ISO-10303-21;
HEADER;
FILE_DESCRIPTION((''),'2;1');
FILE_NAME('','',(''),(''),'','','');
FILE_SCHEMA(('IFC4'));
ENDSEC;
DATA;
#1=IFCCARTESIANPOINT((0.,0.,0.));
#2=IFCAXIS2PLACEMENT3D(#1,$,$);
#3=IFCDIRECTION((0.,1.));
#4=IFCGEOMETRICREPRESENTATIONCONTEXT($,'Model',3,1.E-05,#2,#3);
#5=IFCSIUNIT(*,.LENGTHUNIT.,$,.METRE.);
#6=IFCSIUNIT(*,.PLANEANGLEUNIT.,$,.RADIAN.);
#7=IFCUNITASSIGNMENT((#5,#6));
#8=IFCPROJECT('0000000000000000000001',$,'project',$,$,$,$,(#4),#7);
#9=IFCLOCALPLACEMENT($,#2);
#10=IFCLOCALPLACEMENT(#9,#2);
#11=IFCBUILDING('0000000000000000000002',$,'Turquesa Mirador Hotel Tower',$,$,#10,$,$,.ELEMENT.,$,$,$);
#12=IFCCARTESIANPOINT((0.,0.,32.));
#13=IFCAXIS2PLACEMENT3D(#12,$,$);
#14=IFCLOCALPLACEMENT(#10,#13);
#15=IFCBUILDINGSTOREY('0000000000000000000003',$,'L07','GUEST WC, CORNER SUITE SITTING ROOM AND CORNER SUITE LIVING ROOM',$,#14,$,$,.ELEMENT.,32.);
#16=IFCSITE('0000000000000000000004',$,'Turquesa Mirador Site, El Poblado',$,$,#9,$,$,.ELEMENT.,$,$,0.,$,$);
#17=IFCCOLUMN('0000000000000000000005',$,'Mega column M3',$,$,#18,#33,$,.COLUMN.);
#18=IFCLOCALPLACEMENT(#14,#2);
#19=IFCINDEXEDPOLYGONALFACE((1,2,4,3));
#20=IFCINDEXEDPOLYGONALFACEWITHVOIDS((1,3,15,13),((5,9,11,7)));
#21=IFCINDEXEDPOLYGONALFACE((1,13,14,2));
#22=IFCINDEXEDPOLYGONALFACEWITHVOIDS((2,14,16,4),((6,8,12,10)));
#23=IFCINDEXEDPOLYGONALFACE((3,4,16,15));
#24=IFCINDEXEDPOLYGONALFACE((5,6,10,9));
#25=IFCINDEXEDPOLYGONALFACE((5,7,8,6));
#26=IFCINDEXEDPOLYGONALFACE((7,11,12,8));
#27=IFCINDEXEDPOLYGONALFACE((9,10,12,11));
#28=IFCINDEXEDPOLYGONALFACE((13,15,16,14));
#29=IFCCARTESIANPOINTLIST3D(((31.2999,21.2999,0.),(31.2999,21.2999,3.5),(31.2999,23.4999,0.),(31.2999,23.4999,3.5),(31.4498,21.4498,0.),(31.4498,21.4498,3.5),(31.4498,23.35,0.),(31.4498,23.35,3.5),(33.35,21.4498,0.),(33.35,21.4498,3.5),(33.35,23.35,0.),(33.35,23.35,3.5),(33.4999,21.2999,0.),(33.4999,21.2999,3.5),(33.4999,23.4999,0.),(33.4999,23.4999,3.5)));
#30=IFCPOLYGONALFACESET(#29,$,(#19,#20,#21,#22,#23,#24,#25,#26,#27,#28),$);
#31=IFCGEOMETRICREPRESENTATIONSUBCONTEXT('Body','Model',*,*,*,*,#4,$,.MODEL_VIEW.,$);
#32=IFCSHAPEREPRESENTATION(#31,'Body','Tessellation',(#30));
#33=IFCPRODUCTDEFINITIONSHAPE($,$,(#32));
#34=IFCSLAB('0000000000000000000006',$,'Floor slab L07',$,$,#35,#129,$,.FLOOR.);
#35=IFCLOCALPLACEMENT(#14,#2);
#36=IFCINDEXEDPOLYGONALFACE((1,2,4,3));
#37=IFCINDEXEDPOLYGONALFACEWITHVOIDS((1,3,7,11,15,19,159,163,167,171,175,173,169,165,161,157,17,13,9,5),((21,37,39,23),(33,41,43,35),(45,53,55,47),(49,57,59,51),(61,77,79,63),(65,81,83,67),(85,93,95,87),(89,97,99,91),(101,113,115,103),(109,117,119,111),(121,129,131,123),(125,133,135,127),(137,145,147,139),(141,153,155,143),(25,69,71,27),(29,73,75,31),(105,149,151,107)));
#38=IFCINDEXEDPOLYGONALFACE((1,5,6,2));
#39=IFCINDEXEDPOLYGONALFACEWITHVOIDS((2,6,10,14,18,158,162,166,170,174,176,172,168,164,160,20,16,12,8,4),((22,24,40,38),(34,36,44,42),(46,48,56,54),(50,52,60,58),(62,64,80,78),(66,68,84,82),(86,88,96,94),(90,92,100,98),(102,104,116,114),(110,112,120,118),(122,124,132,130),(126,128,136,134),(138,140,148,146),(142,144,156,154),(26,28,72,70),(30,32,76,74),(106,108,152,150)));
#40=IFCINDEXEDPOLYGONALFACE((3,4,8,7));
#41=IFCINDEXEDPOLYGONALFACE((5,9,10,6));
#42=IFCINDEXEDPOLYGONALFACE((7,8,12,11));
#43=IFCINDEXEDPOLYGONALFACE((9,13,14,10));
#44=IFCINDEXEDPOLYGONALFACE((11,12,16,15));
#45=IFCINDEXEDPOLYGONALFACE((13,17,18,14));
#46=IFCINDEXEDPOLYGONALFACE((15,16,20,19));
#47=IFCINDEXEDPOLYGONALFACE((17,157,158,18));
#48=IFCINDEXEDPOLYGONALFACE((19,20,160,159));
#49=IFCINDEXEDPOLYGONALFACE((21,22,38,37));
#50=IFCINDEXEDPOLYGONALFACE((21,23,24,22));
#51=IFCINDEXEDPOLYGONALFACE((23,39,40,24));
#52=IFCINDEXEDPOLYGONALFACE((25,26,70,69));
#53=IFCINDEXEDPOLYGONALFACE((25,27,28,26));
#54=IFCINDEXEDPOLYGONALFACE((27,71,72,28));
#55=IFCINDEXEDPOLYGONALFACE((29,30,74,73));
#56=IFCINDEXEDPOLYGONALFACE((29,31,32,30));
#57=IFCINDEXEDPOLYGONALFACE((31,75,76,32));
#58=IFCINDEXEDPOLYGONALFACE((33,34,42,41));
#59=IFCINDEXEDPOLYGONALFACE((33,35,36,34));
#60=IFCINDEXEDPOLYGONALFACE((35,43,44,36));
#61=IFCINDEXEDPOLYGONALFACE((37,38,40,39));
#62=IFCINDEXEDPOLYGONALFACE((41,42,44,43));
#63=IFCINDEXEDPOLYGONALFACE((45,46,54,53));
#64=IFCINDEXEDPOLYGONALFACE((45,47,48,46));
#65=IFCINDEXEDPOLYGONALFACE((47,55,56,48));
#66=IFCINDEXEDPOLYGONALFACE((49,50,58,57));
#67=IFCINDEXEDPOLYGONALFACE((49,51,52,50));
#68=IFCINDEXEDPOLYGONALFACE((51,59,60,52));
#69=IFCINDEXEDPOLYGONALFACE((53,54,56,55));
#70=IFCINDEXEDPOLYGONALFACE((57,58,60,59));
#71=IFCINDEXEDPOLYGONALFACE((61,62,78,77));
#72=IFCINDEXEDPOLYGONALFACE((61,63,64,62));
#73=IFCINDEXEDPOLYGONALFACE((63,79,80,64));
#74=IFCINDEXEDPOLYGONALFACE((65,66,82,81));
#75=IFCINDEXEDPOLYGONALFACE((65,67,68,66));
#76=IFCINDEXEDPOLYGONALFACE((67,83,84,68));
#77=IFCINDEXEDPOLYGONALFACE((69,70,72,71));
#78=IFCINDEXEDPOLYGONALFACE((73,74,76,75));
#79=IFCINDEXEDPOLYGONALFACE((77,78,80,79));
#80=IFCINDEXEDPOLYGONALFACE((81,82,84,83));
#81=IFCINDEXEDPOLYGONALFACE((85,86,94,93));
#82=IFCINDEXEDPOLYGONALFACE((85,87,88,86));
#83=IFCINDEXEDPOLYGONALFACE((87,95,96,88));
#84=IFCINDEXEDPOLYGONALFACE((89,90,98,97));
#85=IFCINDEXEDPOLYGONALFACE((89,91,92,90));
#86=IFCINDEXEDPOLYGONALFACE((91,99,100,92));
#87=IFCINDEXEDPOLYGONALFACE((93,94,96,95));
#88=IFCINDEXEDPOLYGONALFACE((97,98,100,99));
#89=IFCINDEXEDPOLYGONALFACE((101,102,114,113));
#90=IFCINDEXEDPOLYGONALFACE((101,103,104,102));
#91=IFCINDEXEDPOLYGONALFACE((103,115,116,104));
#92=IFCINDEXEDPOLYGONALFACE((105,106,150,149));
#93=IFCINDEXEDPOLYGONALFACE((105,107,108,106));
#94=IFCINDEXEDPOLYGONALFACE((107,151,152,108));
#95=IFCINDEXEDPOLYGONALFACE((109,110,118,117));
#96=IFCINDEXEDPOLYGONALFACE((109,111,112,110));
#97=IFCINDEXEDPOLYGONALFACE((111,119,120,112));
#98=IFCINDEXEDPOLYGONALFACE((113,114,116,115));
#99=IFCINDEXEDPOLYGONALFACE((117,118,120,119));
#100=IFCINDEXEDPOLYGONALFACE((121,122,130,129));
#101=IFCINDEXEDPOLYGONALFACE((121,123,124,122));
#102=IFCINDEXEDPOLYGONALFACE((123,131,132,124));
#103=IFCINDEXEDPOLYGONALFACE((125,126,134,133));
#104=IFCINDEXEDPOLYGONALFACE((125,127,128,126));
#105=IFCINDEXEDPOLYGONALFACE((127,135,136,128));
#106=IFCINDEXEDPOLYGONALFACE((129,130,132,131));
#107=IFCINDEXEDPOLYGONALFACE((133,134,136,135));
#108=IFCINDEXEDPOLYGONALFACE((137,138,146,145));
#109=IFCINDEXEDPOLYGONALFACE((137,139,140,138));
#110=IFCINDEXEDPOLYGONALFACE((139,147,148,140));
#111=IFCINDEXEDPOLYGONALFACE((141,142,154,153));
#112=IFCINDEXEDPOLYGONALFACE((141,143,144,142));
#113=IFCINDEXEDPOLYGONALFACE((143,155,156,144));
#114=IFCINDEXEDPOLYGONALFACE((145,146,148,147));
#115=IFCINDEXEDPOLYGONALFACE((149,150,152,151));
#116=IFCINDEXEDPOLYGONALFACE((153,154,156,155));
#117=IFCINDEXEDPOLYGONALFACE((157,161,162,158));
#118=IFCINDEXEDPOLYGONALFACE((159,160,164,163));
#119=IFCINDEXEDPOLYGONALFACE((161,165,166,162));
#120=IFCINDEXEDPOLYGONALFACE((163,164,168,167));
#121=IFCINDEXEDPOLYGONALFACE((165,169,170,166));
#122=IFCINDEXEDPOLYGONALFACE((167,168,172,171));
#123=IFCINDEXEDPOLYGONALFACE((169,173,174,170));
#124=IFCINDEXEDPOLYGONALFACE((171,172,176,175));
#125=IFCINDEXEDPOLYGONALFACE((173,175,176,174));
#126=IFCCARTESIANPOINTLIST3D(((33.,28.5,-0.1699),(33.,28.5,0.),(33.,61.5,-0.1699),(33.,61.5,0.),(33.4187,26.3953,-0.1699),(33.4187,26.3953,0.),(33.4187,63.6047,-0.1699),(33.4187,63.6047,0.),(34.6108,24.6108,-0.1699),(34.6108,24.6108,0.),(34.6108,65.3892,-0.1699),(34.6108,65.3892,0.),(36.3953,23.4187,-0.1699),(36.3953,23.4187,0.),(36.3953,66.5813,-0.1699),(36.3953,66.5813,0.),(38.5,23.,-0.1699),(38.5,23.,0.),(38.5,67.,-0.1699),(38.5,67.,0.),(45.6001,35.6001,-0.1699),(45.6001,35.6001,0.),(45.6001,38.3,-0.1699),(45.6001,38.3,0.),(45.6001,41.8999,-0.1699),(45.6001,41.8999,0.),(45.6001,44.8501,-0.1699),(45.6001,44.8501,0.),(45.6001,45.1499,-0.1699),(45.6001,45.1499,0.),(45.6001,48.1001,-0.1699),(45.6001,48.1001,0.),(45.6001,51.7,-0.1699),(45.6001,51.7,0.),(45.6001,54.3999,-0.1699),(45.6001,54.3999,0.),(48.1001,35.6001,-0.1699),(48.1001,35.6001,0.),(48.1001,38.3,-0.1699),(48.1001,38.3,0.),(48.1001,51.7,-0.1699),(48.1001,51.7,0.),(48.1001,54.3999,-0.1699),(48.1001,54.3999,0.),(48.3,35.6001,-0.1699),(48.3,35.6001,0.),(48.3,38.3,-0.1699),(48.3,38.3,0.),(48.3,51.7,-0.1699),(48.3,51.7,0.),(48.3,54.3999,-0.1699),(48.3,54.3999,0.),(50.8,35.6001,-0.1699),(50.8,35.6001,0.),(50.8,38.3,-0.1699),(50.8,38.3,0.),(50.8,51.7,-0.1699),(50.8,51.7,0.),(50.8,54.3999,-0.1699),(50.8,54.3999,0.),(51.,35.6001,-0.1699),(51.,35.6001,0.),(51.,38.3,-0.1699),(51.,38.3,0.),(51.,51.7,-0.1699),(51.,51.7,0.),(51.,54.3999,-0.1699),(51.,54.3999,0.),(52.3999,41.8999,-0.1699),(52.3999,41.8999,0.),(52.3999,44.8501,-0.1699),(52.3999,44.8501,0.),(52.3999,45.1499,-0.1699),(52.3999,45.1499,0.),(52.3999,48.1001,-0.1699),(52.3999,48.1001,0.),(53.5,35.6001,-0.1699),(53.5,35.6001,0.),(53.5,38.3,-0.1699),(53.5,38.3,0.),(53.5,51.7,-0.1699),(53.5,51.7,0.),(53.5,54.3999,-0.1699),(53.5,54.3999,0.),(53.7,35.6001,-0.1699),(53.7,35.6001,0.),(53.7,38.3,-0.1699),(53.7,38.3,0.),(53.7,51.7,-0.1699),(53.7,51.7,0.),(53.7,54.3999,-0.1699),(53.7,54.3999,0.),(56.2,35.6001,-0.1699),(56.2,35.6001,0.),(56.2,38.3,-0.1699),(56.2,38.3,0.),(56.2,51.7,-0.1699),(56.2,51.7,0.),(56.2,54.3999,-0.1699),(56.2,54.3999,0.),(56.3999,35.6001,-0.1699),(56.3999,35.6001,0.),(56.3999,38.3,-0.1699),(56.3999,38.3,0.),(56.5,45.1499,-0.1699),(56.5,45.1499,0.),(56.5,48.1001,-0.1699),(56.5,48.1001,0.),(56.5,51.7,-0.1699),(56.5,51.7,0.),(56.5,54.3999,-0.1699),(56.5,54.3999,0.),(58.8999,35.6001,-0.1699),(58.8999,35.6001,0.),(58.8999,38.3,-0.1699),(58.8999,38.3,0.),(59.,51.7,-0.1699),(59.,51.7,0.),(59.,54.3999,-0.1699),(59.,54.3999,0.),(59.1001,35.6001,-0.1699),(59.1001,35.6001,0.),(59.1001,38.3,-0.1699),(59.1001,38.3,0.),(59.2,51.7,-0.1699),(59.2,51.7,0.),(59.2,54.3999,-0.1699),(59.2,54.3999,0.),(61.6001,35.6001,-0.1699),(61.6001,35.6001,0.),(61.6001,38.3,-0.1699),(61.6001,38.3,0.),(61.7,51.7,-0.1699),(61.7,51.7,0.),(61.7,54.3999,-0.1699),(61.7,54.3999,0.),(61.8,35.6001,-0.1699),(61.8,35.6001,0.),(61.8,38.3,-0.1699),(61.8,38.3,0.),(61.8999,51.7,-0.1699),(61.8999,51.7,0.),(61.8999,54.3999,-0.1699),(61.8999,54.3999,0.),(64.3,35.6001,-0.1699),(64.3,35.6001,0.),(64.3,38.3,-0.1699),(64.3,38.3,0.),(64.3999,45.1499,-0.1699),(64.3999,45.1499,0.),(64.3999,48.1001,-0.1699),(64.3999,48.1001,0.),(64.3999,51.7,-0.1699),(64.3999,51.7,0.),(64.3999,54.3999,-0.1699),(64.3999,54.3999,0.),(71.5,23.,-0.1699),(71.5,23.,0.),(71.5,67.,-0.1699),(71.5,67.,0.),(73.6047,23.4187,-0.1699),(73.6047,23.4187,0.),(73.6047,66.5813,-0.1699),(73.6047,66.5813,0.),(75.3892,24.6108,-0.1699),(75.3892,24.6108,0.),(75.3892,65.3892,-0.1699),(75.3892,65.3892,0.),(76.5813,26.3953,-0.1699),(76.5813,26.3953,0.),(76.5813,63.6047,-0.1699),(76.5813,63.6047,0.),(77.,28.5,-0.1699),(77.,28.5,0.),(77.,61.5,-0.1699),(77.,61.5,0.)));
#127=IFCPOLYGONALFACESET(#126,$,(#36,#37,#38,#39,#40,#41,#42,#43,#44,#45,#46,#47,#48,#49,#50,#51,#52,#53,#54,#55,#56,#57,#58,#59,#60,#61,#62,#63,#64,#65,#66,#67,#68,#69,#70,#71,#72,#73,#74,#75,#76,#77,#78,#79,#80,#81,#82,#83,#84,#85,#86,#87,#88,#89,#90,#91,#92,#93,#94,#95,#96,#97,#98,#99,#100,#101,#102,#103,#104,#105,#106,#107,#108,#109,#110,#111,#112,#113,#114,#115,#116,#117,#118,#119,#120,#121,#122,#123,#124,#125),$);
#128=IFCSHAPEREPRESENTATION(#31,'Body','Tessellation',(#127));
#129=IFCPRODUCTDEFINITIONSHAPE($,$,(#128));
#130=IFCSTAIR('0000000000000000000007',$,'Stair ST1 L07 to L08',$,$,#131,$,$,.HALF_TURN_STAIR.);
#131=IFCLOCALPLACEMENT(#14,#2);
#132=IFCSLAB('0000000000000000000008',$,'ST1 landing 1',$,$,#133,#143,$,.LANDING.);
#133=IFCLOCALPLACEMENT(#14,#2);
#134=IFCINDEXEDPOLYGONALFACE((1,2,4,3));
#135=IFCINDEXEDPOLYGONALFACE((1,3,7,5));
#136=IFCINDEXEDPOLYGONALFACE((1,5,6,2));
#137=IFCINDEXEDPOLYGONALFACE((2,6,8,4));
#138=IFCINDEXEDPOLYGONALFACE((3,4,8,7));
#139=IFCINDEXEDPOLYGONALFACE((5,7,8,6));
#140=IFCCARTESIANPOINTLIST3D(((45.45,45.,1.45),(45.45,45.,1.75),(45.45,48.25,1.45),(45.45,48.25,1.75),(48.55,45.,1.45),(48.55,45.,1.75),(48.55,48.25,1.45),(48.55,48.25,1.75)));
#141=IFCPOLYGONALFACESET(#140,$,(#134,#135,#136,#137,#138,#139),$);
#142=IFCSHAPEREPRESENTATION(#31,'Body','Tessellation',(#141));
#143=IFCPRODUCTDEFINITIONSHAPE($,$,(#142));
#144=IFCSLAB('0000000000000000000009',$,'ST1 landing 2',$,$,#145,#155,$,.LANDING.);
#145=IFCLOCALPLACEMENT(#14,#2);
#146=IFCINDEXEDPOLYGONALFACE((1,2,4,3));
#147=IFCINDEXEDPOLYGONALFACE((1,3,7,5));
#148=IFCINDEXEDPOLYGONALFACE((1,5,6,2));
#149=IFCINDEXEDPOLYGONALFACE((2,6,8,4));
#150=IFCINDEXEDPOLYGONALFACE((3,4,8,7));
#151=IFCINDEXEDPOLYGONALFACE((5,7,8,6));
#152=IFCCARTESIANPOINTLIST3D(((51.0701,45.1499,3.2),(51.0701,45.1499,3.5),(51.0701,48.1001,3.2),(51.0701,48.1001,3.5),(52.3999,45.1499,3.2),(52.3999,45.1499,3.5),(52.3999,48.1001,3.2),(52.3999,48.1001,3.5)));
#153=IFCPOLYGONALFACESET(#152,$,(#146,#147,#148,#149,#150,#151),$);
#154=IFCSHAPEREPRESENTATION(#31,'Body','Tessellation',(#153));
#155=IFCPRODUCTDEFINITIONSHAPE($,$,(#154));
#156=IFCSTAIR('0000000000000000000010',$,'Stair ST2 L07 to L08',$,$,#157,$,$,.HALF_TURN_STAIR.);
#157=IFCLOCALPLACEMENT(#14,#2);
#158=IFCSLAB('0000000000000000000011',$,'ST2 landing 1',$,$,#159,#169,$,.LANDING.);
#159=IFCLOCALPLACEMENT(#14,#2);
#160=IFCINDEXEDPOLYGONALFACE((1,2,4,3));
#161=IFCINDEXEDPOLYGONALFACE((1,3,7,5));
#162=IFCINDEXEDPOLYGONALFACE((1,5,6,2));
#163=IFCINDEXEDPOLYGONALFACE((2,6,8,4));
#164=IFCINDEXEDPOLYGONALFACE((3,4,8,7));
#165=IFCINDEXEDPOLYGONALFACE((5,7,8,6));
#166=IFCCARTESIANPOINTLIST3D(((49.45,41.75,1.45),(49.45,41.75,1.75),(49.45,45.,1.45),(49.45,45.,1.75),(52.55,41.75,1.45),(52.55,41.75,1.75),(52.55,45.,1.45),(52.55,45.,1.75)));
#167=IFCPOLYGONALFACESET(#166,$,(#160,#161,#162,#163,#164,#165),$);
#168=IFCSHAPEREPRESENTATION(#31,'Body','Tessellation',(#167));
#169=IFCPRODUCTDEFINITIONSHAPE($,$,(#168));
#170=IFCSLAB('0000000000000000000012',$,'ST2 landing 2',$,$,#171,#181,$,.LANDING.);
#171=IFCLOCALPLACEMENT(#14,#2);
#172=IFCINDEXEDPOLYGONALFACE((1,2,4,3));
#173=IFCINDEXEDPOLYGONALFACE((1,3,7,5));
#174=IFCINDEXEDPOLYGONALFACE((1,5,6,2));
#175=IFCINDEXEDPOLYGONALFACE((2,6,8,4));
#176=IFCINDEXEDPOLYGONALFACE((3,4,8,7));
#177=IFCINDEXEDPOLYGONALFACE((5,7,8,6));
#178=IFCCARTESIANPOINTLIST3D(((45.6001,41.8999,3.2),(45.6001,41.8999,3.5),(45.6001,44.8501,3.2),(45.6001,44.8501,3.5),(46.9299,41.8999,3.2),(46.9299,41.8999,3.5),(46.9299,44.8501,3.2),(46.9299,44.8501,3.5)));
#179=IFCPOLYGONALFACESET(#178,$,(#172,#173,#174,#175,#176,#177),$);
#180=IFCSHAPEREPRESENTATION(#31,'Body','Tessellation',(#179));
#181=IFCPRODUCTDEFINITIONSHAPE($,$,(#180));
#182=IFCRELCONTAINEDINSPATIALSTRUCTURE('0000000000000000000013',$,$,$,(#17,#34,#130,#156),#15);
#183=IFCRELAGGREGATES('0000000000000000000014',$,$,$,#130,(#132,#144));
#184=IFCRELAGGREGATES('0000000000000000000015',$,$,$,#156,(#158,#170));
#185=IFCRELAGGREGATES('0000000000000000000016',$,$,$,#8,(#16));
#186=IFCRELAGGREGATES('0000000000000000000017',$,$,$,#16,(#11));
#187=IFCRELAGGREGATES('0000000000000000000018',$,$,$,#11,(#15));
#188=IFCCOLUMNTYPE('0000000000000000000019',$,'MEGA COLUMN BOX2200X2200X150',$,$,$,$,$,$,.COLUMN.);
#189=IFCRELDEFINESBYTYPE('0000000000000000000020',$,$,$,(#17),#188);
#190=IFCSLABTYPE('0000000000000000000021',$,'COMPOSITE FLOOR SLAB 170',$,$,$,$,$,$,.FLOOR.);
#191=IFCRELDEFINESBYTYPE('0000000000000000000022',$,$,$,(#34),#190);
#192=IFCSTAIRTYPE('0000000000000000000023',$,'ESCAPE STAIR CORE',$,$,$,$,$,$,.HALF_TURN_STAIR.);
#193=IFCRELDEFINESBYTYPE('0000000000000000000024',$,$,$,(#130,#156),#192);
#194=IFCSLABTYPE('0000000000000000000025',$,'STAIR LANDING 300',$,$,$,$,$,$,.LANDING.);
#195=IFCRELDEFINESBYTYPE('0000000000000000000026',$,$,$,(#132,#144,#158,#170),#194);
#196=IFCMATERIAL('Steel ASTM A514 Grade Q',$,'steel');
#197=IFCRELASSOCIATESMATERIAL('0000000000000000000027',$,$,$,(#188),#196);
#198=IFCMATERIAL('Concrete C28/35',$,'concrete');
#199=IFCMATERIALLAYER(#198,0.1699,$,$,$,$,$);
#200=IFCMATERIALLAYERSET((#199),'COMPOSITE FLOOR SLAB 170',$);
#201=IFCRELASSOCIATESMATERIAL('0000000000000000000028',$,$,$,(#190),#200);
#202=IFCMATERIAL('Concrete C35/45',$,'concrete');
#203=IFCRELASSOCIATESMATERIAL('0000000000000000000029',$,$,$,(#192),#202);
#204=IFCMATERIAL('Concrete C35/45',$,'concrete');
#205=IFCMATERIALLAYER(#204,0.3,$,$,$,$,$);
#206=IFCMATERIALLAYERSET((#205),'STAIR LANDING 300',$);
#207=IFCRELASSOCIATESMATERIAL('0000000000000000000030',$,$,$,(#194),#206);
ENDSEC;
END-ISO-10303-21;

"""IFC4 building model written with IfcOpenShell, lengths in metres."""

from ifc_helpers import new_model, si_unit, direction, frame, origin, origin_2d, place, context, subcontext, project, spatial, polyline, hollow_rectangle, outline, extrude, material, layer, layer_set, material_profile, profile_set, type_object, element, aggregate, save


model = new_model("IFC4")

# Units and contexts
model_context = context("Model", 3, precision=1e-05, world=origin(), true_north=direction((0.0, 1.0)))
body_context = subcontext(model_context, "Body", "Model", "MODEL_VIEW")
ifc_project = project(units=[si_unit("LENGTHUNIT", "METRE"), si_unit("PLANEANGLEUNIT", "RADIAN")], contexts=[model_context])

# Site, building, storey
site_placement = place(None, origin())
site = spatial("IfcSite", under=ifc_project, at=site_placement, Name="Turquesa Mirador Site, El Poblado", CompositionType="ELEMENT", RefElevation=0.0)
building_placement = place(site_placement, origin())
building = spatial("IfcBuilding", under=site, at=building_placement, Name="Turquesa Mirador Hotel Tower", CompositionType="ELEMENT")
storey_placement = place(building_placement, frame((0.0, 0.0, 32.0)))
storey = spatial("IfcBuildingStorey", under=building, at=storey_placement, Name="L07", Description="GUEST WC, CORNER SUITE SITTING ROOM AND CORNER SUITE LIVING ROOM", CompositionType="ELEMENT", Elevation=32.0)

# Column
ifc_material_1 = material(Name="Steel ASTM A514 Grade Q", Category="steel")
ifc_material_profile = material_profile(ifc_material_1, hollow_rectangle(XDim=2.2, YDim=2.2, WallThickness=0.1499, at=origin_2d()), Name="BOX2200X2200X150")
ifc_profile_set = profile_set([ifc_material_profile], Name="Steel ASTM A514 Grade Q")
column_type = type_object("IfcColumnType", Name="MEGA COLUMN BOX2200X2200X150", PredefinedType="COLUMN", material=ifc_profile_set)
column_placement = place(storey_placement, frame((32.3999, 22.3999, 0.0), z_axis=(0.0, 0.0, 1.0), x_axis=(1.0, 0.0, 0.0)))
element("IfcColumn", 1, at=column_placement, inside=storey, type_object=column_type, Name="Mega column M3", PredefinedType="COLUMN", context=body_context, shape_type="SweptSolid", body=[
    extrude(hollow_rectangle(XDim=2.2, YDim=2.2, WallThickness=0.1499, at=origin_2d()), origin(), (0.0, 0.0, 1.0), 3.5),
])

# Slab
ifc_material_2 = material(Name="Concrete C28/35", Category="concrete")
ifc_layer_1 = layer(ifc_material_2, 0.1699)
ifc_layer_set_1 = layer_set([ifc_layer_1], Name="COMPOSITE FLOOR SLAB 170")
slab_type_1 = type_object("IfcSlabType", Name="COMPOSITE FLOOR SLAB 170", PredefinedType="FLOOR", material=ifc_layer_set_1)
slab_1_placement = place(storey_placement, frame((0.0, 0.0, -0.1699)))
element("IfcSlab", 2, at=slab_1_placement, inside=storey, type_object=slab_type_1, Name="Floor slab L07", PredefinedType="FLOOR", context=body_context, shape_type="SweptSolid", body=[
    extrude(outline(polyline([(71.5, 23.0), (73.6047, 23.4187), (75.3892, 24.6108), (76.5813, 26.3953), (77.0, 28.5), (77.0, 61.5), (76.5813, 63.6047), (75.3892, 65.3892), (73.6047, 66.5813), (71.5, 67.0), (38.5, 67.0), (36.3953, 66.5813), (34.6108, 65.3892), (33.4187, 63.6047), (33.0, 61.5), (33.0, 28.5), (33.4187, 26.3953), (34.6108, 24.6108), (36.3953, 23.4187), (38.5, 23.0), (71.5, 23.0)]), holes=[polyline([(45.6001, 51.7), (48.1001, 51.7), (48.1001, 54.3999), (45.6001, 54.3999), (45.6001, 51.7)]), polyline([(48.3, 51.7), (50.8, 51.7), (50.8, 54.3999), (48.3, 54.3999), (48.3, 51.7)]), polyline([(51.0, 51.7), (53.5, 51.7), (53.5, 54.3999), (51.0, 54.3999), (51.0, 51.7)]), polyline([(53.7, 51.7), (56.2, 51.7), (56.2, 54.3999), (53.7, 54.3999), (53.7, 51.7)]), polyline([(56.5, 51.7), (59.0, 51.7), (59.0, 54.3999), (56.5, 54.3999), (56.5, 51.7)]), polyline([(59.2, 51.7), (61.7, 51.7), (61.7, 54.3999), (59.2, 54.3999), (59.2, 51.7)]), polyline([(45.6001, 35.6001), (48.1001, 35.6001), (48.1001, 38.3), (45.6001, 38.3), (45.6001, 35.6001)]), polyline([(48.3, 35.6001), (50.8, 35.6001), (50.8, 38.3), (48.3, 38.3), (48.3, 35.6001)]), polyline([(51.0, 35.6001), (53.5, 35.6001), (53.5, 38.3), (51.0, 38.3), (51.0, 35.6001)]), polyline([(53.7, 35.6001), (56.2, 35.6001), (56.2, 38.3), (53.7, 38.3), (53.7, 35.6001)]), polyline([(56.3999, 35.6001), (58.8999, 35.6001), (58.8999, 38.3), (56.3999, 38.3), (56.3999, 35.6001)]), polyline([(59.1001, 35.6001), (61.6001, 35.6001), (61.6001, 38.3), (59.1001, 38.3), (59.1001, 35.6001)]), polyline([(61.8, 35.6001), (64.3, 35.6001), (64.3, 38.3), (61.8, 38.3), (61.8, 35.6001)]), polyline([(45.6001, 45.1499), (52.3999, 45.1499), (52.3999, 48.1001), (45.6001, 48.1001), (45.6001, 45.1499)]), polyline([(45.6001, 41.8999), (52.3999, 41.8999), (52.3999, 44.8501), (45.6001, 44.8501), (45.6001, 41.8999)]), polyline([(56.5, 45.1499), (64.3999, 45.1499), (64.3999, 48.1001), (56.5, 48.1001), (56.5, 45.1499)]), polyline([(61.8999, 51.7), (64.3999, 51.7), (64.3999, 54.3999), (61.8999, 54.3999), (61.8999, 51.7)])]), origin(), (0.0, 0.0, 1.0), 0.1699),
])

# Stairs, slabs
ifc_material_3 = material(Name="Concrete C35/45", Category="concrete")
stair_type = type_object("IfcStairType", Name="ESCAPE STAIR CORE", PredefinedType="HALF_TURN_STAIR", material=ifc_material_3)
stair_1_placement = place(storey_placement, origin())
stair_1 = element("IfcStair", 3, at=stair_1_placement, inside=storey, type_object=stair_type, Name="Stair ST1 L07 to L08", PredefinedType="HALF_TURN_STAIR")
ifc_material_4 = material(Name="Concrete C35/45", Category="concrete")
ifc_layer_2 = layer(ifc_material_4, 0.3)
ifc_layer_set_2 = layer_set([ifc_layer_2], Name="STAIR LANDING 300")
slab_type_2 = type_object("IfcSlabType", Name="STAIR LANDING 300", PredefinedType="LANDING", material=ifc_layer_set_2)
slab_2_placement = place(storey_placement, frame((0.0, 0.0, 1.45)))
slab_2 = element("IfcSlab", 4, at=slab_2_placement, type_object=slab_type_2, Name="ST1 landing 1", PredefinedType="LANDING", context=body_context, shape_type="SweptSolid", body=[
    extrude(outline(polyline([(45.45, 45.0), (48.55, 45.0), (48.55, 48.25), (45.45, 48.25), (45.45, 45.0)])), origin(), (0.0, 0.0, 1.0), 0.3),
])
slab_3_placement = place(storey_placement, frame((0.0, 0.0, 3.2)))
slab_3 = element("IfcSlab", 5, at=slab_3_placement, type_object=slab_type_2, Name="ST1 landing 2", PredefinedType="LANDING", context=body_context, shape_type="SweptSolid", body=[
    extrude(outline(polyline([(51.0701, 45.1499), (52.3999, 45.1499), (52.3999, 48.1001), (51.0701, 48.1001), (51.0701, 45.1499)])), origin(), (0.0, 0.0, 1.0), 0.3),
])
aggregate(stair_1, [slab_2, slab_3])
stair_2_placement = place(storey_placement, origin())
stair_2 = element("IfcStair", 6, at=stair_2_placement, inside=storey, type_object=stair_type, Name="Stair ST2 L07 to L08", PredefinedType="HALF_TURN_STAIR")
slab_4_placement = place(storey_placement, frame((0.0, 0.0, 1.45)))
slab_4 = element("IfcSlab", 7, at=slab_4_placement, type_object=slab_type_2, Name="ST2 landing 1", PredefinedType="LANDING", context=body_context, shape_type="SweptSolid", body=[
    extrude(outline(polyline([(52.55, 45.0), (49.45, 45.0), (49.45, 41.75), (52.55, 41.75), (52.55, 45.0)])), origin(), (0.0, 0.0, 1.0), 0.3),
])
slab_5_placement = place(storey_placement, frame((0.0, 0.0, 3.2)))
slab_5 = element("IfcSlab", 8, at=slab_5_placement, type_object=slab_type_2, Name="ST2 landing 2", PredefinedType="LANDING", context=body_context, shape_type="SweptSolid", body=[
    extrude(outline(polyline([(46.9299, 44.8501), (45.6001, 44.8501), (45.6001, 41.8999), (46.9299, 41.8999), (46.9299, 44.8501)])), origin(), (0.0, 0.0, 1.0), 0.3),
])
aggregate(stair_2, [slab_4, slab_5])

save(model, "model.ifc")
